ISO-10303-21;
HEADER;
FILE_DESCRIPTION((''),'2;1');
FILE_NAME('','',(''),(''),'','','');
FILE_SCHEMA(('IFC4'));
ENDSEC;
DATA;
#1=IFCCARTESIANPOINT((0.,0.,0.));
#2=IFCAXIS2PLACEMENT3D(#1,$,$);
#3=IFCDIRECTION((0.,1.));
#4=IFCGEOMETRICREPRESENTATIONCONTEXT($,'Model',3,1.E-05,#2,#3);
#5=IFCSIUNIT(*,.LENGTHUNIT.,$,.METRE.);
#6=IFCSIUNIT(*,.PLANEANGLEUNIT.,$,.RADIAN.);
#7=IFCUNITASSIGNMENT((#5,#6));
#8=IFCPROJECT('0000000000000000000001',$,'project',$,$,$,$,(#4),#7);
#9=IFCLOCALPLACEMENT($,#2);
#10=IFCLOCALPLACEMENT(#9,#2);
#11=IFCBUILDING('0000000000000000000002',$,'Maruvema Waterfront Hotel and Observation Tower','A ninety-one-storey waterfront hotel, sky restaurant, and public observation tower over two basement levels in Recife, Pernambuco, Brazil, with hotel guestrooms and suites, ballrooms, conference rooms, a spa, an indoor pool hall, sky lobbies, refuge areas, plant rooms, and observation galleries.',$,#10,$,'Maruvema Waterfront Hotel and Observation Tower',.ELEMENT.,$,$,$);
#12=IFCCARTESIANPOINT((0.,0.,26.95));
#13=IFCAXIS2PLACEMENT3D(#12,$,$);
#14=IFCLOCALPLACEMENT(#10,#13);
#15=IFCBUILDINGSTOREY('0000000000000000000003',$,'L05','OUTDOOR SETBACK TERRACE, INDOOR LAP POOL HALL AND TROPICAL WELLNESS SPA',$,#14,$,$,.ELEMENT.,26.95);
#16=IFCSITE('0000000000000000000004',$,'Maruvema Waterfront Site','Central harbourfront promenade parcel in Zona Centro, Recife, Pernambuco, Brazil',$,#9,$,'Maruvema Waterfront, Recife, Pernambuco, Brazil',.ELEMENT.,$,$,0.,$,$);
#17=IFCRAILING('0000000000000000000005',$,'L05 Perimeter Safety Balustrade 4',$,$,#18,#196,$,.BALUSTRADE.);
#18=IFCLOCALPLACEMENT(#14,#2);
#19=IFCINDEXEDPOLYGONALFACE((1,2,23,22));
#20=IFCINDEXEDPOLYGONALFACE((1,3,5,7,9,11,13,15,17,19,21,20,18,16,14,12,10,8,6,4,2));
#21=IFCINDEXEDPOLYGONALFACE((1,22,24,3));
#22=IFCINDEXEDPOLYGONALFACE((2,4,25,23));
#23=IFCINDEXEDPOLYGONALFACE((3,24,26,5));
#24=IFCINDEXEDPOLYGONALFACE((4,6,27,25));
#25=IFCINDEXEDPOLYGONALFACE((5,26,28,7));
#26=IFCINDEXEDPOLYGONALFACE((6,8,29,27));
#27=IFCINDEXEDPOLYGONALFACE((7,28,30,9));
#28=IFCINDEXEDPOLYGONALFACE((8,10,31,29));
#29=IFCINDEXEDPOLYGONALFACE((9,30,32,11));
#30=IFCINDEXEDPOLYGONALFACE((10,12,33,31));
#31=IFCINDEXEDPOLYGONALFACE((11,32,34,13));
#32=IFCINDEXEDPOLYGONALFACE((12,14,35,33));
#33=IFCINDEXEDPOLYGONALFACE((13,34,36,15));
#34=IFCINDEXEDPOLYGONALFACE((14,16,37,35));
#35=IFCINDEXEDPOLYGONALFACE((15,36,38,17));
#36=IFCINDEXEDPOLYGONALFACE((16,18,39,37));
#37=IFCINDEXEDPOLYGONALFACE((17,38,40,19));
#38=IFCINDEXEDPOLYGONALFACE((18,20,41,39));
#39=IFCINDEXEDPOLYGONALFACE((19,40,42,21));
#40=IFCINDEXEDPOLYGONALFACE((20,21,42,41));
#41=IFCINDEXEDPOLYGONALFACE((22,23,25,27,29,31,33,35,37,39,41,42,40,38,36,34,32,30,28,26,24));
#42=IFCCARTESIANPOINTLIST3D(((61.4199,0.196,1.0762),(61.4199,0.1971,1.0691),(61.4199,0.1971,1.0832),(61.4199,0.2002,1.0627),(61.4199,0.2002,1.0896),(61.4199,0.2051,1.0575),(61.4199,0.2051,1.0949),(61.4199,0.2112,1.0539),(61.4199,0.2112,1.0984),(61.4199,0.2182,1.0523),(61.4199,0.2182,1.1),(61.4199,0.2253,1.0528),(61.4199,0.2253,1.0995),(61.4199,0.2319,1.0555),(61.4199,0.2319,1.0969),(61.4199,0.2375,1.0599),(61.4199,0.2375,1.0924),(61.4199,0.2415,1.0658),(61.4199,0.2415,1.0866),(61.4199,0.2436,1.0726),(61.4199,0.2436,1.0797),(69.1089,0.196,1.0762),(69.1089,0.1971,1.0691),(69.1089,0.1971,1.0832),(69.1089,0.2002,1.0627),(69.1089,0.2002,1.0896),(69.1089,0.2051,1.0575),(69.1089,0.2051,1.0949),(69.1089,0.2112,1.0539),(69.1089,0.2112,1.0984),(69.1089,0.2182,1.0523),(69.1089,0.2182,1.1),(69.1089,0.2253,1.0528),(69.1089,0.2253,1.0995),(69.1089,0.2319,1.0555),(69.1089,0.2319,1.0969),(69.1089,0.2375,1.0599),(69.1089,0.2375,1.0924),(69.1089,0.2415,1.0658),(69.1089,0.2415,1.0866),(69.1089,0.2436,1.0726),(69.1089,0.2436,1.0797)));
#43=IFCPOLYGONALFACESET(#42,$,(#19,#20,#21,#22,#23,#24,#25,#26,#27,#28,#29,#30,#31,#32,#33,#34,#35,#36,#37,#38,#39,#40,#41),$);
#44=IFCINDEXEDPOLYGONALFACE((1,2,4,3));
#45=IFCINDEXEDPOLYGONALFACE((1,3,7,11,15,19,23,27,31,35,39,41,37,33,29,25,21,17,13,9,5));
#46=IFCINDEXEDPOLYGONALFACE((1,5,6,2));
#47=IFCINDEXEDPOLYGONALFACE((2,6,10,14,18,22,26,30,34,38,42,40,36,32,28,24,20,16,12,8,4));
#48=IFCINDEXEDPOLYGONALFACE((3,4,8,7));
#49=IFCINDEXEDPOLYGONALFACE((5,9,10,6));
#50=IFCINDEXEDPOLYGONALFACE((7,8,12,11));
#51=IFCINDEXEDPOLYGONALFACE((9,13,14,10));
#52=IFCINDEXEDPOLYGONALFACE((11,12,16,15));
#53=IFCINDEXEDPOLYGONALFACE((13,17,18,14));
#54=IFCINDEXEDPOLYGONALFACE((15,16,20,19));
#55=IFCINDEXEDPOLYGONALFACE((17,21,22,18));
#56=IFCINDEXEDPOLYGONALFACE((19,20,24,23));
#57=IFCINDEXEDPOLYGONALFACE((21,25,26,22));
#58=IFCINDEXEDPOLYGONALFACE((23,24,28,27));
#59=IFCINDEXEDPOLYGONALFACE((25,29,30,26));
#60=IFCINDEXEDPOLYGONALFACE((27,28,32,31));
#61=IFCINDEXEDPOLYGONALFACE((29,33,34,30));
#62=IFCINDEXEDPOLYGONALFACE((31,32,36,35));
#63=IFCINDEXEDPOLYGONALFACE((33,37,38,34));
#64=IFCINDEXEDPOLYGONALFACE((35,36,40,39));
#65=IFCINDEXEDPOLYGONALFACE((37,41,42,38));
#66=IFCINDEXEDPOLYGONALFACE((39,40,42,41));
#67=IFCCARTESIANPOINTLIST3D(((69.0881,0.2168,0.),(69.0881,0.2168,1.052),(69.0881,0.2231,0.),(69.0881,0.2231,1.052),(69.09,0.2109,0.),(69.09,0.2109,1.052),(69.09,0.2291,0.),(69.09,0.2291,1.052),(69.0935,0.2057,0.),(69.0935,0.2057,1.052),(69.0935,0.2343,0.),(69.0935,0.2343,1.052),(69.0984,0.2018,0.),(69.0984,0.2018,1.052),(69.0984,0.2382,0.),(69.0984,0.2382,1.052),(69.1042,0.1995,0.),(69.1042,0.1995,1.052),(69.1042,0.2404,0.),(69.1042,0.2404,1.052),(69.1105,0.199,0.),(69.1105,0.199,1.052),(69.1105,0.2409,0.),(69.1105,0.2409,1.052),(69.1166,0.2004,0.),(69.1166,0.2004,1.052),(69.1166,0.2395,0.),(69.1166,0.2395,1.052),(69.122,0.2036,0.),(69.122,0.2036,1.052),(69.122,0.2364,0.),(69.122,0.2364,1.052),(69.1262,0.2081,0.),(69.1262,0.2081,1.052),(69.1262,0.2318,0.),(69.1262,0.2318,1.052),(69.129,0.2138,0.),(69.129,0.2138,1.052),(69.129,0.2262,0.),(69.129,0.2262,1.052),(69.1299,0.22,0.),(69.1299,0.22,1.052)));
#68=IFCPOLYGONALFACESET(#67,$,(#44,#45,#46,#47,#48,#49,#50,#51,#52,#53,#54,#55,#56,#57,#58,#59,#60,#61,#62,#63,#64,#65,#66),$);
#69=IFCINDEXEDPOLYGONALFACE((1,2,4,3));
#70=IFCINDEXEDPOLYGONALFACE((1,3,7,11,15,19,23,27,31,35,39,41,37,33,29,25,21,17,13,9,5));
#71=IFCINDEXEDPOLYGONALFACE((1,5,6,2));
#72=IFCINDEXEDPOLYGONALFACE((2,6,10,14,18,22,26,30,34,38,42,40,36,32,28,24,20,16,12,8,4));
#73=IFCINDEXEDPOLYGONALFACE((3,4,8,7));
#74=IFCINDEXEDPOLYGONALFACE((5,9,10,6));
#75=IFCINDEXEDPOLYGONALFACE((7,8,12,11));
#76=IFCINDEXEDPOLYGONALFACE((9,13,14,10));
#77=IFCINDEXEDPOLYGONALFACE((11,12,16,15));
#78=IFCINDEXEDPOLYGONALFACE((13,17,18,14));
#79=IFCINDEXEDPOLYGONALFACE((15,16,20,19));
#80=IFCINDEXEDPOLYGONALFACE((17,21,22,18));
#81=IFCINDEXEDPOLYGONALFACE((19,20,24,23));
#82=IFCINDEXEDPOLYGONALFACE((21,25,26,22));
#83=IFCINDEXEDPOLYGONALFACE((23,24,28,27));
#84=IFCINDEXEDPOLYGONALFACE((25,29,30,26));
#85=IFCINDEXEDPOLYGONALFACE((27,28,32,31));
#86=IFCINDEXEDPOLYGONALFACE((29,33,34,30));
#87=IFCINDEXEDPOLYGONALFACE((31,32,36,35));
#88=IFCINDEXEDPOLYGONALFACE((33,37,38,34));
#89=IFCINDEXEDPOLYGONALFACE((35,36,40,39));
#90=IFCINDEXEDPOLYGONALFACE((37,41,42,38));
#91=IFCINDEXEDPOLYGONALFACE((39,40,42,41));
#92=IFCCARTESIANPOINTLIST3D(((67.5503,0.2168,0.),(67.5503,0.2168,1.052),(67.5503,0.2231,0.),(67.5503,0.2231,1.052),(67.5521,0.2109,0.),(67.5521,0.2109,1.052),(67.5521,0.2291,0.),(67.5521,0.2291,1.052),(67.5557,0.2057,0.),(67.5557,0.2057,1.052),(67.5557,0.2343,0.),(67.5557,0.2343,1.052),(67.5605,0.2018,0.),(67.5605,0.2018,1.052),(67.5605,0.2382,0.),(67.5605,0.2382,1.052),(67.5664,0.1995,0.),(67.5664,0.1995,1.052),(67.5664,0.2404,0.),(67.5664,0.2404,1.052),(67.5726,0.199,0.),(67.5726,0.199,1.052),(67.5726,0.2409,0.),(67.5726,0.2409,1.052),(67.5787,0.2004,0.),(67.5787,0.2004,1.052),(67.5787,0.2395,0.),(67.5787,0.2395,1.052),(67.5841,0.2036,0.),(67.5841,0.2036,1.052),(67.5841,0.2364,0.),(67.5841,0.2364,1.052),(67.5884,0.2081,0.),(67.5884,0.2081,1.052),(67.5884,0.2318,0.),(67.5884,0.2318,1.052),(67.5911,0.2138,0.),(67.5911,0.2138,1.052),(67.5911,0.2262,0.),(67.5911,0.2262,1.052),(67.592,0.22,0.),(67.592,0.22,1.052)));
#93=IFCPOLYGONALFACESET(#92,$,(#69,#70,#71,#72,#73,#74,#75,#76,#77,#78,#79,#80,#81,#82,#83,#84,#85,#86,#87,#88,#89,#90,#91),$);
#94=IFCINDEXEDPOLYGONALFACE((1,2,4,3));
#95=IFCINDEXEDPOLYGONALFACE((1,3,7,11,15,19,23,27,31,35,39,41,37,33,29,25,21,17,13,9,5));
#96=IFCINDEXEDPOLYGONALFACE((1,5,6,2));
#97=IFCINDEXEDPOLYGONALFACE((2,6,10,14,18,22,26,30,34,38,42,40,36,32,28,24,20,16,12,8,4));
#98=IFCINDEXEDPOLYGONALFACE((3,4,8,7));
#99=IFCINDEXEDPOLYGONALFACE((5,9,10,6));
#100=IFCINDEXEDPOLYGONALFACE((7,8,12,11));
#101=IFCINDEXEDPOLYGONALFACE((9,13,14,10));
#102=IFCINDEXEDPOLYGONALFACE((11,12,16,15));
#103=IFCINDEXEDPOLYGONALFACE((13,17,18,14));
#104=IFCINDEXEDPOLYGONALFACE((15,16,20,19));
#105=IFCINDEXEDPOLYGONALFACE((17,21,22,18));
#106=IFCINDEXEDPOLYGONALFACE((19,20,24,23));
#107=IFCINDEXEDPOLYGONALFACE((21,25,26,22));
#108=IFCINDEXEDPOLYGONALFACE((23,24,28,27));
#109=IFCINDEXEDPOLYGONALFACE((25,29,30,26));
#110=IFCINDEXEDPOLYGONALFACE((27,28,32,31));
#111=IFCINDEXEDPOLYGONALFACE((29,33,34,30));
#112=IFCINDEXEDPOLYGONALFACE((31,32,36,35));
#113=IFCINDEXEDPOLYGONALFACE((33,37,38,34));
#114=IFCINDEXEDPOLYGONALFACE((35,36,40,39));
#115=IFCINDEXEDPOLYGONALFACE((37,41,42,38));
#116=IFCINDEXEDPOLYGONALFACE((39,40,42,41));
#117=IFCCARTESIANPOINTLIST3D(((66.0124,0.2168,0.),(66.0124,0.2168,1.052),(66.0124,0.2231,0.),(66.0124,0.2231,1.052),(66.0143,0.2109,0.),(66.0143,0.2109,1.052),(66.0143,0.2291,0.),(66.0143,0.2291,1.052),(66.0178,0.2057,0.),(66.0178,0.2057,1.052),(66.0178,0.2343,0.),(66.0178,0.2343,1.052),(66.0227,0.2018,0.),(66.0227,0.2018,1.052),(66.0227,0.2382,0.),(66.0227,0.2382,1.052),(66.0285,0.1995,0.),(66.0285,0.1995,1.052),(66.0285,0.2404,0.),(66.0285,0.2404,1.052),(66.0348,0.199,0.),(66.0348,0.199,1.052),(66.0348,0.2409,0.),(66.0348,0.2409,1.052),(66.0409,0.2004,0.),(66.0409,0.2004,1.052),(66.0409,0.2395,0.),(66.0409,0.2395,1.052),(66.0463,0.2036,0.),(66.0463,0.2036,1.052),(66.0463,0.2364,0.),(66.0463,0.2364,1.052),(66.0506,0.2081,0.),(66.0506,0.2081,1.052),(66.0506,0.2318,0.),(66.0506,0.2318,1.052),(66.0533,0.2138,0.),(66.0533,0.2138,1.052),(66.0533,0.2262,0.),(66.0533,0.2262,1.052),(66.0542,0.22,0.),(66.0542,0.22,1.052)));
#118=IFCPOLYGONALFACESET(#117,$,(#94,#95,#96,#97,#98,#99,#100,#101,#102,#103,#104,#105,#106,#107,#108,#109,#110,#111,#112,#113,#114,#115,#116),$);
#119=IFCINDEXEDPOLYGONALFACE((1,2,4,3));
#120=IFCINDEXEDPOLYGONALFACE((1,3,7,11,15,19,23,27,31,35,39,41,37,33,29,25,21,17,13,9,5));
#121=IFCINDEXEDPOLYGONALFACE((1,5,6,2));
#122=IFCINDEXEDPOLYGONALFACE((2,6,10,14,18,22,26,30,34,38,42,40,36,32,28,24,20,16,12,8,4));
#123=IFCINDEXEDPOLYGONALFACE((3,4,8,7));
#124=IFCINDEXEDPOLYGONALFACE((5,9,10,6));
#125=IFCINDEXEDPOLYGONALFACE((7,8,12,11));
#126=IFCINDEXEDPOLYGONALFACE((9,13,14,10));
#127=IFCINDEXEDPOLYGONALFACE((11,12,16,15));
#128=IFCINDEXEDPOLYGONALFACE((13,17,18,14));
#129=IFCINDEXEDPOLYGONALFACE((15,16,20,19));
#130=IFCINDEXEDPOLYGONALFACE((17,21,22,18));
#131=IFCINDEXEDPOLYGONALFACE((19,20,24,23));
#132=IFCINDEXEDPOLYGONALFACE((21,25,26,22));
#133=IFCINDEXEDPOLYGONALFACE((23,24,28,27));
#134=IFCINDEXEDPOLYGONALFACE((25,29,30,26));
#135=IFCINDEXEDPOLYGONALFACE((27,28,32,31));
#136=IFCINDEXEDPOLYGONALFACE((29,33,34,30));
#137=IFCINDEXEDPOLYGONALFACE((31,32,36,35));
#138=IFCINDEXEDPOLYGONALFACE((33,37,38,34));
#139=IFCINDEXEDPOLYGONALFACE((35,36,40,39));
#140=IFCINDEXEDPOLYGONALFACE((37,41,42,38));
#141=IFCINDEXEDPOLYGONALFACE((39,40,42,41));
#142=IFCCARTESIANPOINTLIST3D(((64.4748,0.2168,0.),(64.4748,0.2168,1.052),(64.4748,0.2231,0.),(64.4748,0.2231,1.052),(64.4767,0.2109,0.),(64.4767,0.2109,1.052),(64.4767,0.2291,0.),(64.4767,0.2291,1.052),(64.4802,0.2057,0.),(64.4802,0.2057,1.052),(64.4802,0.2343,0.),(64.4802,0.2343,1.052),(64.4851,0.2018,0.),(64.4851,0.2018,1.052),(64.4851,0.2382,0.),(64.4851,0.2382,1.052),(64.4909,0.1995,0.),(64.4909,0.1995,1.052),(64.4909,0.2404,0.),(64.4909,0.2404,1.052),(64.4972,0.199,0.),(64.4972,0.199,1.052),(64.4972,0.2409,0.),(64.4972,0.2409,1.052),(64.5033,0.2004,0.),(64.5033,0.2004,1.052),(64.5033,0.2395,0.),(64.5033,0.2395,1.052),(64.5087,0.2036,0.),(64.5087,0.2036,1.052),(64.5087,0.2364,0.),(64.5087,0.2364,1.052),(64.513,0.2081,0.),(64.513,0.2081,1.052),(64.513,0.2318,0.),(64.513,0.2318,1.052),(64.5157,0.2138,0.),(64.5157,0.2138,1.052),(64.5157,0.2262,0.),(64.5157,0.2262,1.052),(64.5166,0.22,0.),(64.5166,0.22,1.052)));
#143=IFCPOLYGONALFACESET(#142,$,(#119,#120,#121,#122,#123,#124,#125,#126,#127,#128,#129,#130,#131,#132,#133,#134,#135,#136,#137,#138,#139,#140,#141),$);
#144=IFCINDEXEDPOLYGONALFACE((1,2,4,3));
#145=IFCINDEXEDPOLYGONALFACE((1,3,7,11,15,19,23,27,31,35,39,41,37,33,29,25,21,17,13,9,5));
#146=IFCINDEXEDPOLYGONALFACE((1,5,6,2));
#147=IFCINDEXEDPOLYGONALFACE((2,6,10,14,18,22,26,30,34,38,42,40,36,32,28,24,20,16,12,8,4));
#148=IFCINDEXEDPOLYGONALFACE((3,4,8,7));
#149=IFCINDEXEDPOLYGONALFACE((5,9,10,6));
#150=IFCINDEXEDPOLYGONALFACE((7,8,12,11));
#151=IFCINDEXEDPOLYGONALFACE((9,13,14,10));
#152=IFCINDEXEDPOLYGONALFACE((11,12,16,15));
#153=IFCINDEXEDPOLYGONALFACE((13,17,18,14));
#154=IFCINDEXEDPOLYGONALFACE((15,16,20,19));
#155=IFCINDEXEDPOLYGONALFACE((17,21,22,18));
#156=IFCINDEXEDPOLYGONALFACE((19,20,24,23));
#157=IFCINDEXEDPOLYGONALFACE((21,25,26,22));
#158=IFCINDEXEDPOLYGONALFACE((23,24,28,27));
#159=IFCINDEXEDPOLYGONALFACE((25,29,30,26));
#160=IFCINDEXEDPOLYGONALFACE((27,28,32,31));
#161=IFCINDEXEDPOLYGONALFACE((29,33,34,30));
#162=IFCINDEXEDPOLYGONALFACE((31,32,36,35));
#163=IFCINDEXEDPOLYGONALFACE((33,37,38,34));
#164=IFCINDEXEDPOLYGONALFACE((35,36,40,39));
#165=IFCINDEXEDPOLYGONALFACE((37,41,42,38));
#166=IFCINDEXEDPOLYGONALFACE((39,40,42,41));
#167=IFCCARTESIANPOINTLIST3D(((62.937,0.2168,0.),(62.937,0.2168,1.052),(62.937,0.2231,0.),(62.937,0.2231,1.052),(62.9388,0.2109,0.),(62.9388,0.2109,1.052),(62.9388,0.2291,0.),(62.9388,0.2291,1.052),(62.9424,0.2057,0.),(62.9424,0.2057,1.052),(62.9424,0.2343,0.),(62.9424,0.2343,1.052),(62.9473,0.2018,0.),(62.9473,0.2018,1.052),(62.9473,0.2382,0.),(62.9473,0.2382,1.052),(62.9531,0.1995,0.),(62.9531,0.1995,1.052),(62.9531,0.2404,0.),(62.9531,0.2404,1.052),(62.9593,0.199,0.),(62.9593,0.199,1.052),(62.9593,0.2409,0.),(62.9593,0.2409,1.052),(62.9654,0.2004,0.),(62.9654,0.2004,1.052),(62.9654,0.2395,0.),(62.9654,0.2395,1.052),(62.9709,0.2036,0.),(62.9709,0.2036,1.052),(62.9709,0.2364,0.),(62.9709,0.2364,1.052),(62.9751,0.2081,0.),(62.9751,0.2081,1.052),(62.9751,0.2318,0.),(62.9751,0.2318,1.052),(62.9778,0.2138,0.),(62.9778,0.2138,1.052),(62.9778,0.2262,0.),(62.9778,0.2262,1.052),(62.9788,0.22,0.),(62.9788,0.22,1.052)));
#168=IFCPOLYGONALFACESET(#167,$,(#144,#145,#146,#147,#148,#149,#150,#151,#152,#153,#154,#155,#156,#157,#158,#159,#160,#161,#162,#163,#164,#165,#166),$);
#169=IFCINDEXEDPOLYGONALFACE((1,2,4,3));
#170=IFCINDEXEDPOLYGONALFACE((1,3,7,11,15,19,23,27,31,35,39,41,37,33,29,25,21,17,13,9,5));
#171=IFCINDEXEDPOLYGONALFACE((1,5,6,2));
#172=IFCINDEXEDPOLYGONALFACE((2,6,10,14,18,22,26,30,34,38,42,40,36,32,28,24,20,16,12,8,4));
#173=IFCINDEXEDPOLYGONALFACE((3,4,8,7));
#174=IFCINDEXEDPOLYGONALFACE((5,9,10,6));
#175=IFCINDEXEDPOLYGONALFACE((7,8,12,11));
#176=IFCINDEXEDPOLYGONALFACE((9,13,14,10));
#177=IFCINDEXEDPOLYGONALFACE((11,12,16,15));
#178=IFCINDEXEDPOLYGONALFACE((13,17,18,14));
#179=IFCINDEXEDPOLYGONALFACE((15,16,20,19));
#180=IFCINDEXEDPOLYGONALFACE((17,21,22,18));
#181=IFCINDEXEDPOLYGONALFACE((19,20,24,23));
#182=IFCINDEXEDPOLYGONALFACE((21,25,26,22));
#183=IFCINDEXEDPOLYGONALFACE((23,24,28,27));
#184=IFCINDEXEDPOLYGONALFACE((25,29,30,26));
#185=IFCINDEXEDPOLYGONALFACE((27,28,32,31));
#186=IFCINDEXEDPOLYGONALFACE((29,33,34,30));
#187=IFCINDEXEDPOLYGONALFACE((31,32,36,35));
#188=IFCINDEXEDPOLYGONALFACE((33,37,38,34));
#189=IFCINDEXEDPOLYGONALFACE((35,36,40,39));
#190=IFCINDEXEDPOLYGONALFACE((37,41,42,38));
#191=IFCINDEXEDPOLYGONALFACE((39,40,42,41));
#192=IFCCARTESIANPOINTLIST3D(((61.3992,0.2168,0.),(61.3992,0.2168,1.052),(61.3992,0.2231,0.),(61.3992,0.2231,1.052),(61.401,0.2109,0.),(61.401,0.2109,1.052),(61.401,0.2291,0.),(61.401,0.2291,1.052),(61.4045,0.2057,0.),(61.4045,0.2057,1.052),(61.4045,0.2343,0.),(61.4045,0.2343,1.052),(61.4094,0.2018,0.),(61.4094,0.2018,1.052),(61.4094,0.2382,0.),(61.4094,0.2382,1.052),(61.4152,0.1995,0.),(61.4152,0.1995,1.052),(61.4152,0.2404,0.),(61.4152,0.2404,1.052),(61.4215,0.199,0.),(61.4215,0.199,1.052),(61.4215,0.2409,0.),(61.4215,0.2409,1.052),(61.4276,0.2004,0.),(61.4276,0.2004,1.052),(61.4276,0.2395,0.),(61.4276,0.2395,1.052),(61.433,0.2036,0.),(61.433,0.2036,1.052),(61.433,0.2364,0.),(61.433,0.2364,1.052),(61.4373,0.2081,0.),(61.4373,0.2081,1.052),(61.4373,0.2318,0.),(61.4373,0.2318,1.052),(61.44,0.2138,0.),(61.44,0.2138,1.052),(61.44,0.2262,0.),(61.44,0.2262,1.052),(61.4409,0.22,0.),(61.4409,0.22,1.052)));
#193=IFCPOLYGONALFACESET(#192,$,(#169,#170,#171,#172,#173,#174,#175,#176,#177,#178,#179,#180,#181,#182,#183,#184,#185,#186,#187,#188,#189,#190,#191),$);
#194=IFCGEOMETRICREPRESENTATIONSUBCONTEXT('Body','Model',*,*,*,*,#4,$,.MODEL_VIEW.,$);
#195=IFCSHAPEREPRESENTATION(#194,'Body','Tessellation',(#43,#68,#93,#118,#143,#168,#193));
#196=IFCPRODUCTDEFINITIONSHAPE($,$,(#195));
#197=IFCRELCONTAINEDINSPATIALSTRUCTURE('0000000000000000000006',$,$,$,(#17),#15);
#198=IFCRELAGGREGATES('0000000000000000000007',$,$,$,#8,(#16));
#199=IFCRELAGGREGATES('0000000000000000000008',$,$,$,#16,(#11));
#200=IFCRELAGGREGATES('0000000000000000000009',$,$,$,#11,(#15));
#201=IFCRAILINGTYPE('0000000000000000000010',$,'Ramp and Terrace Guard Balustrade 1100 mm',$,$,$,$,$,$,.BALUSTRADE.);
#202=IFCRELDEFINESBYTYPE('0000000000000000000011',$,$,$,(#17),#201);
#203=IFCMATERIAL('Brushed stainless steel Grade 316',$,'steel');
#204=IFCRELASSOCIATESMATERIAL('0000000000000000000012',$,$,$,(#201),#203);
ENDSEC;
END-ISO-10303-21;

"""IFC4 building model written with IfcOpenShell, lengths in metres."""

from ifc_helpers import new_model, si_unit, direction, frame, origin, origin_2d, place, context, subcontext, project, spatial, circle, extrude, material, type_object, element, save


model = new_model("IFC4")

# Units and contexts
model_context = context("Model", 3, precision=1e-05, world=origin(), true_north=direction((0.0, 1.0)))
body_context = subcontext(model_context, "Body", "Model", "MODEL_VIEW")
ifc_project = project(units=[si_unit("LENGTHUNIT", "METRE"), si_unit("PLANEANGLEUNIT", "RADIAN")], contexts=[model_context])

# Site, building, storey
site_placement = place(None, origin())
site = spatial("IfcSite", under=ifc_project, at=site_placement, Name="Maruvema Waterfront Site", Description="Central harbourfront promenade parcel in Zona Centro, Recife, Pernambuco, Brazil", LongName="Maruvema Waterfront, Recife, Pernambuco, Brazil", CompositionType="ELEMENT", RefElevation=0.0)
building_placement = place(site_placement, origin())
building = spatial("IfcBuilding", under=site, at=building_placement, Name="Maruvema Waterfront Hotel and Observation Tower", Description="A ninety-one-storey waterfront hotel, sky restaurant, and public observation tower over two basement levels in Recife, Pernambuco, Brazil, with hotel guestrooms and suites, ballrooms, conference rooms, a spa, an indoor pool hall, sky lobbies, refuge areas, plant rooms, and observation galleries.", LongName="Maruvema Waterfront Hotel and Observation Tower", CompositionType="ELEMENT")
storey_placement = place(building_placement, frame((0.0, 0.0, 26.95)))
storey = spatial("IfcBuildingStorey", under=building, at=storey_placement, Name="L05", Description="OUTDOOR SETBACK TERRACE, INDOOR LAP POOL HALL AND TROPICAL WELLNESS SPA", CompositionType="ELEMENT", Elevation=26.95)

# Railing
ifc_material_1 = material(Name="Brushed stainless steel Grade 316", Category="steel")
railing_type = type_object("IfcRailingType", Name="Ramp and Terrace Guard Balustrade 1100 mm", PredefinedType="BALUSTRADE", material=ifc_material_1)
railing_1_placement = place(storey_placement, frame((69.1089, 0.22, 0.0)))
element("IfcRailing", 1, at=railing_1_placement, inside=storey, type_object=railing_type, Name="L05 Perimeter Safety Balustrade 4", PredefinedType="BALUSTRADE", context=body_context, shape_type="SweptSolid", body=[
    extrude(circle(Radius=0.0239, at=origin_2d()), frame((0.0, 0.0, 1.0762), z_axis=(-1.0, 0.0, 0.0), x_axis=(0.0, -1.0, 0.0)), (0.0, 0.0, 1.0), 7.689),
    extrude(circle(Radius=0.021, at=origin_2d()), origin(), (0.0, 0.0, 1.0), 1.052),
    extrude(circle(Radius=0.021, at=origin_2d()), frame((-1.5378, 0.0, 0.0)), (0.0, 0.0, 1.0), 1.052),
    extrude(circle(Radius=0.021, at=origin_2d()), frame((-3.0757, 0.0, 0.0)), (0.0, 0.0, 1.0), 1.052),
    extrude(circle(Radius=0.021, at=origin_2d()), frame((-4.6133, 0.0, 0.0)), (0.0, 0.0, 1.0), 1.052),
    extrude(circle(Radius=0.021, at=origin_2d()), frame((-6.1511, 0.0, 0.0)), (0.0, 0.0, 1.0), 1.052),
    extrude(circle(Radius=0.021, at=origin_2d()), frame((-7.689, 0.0, 0.0)), (0.0, 0.0, 1.0), 1.052),
])

save(model, "model.ifc")
